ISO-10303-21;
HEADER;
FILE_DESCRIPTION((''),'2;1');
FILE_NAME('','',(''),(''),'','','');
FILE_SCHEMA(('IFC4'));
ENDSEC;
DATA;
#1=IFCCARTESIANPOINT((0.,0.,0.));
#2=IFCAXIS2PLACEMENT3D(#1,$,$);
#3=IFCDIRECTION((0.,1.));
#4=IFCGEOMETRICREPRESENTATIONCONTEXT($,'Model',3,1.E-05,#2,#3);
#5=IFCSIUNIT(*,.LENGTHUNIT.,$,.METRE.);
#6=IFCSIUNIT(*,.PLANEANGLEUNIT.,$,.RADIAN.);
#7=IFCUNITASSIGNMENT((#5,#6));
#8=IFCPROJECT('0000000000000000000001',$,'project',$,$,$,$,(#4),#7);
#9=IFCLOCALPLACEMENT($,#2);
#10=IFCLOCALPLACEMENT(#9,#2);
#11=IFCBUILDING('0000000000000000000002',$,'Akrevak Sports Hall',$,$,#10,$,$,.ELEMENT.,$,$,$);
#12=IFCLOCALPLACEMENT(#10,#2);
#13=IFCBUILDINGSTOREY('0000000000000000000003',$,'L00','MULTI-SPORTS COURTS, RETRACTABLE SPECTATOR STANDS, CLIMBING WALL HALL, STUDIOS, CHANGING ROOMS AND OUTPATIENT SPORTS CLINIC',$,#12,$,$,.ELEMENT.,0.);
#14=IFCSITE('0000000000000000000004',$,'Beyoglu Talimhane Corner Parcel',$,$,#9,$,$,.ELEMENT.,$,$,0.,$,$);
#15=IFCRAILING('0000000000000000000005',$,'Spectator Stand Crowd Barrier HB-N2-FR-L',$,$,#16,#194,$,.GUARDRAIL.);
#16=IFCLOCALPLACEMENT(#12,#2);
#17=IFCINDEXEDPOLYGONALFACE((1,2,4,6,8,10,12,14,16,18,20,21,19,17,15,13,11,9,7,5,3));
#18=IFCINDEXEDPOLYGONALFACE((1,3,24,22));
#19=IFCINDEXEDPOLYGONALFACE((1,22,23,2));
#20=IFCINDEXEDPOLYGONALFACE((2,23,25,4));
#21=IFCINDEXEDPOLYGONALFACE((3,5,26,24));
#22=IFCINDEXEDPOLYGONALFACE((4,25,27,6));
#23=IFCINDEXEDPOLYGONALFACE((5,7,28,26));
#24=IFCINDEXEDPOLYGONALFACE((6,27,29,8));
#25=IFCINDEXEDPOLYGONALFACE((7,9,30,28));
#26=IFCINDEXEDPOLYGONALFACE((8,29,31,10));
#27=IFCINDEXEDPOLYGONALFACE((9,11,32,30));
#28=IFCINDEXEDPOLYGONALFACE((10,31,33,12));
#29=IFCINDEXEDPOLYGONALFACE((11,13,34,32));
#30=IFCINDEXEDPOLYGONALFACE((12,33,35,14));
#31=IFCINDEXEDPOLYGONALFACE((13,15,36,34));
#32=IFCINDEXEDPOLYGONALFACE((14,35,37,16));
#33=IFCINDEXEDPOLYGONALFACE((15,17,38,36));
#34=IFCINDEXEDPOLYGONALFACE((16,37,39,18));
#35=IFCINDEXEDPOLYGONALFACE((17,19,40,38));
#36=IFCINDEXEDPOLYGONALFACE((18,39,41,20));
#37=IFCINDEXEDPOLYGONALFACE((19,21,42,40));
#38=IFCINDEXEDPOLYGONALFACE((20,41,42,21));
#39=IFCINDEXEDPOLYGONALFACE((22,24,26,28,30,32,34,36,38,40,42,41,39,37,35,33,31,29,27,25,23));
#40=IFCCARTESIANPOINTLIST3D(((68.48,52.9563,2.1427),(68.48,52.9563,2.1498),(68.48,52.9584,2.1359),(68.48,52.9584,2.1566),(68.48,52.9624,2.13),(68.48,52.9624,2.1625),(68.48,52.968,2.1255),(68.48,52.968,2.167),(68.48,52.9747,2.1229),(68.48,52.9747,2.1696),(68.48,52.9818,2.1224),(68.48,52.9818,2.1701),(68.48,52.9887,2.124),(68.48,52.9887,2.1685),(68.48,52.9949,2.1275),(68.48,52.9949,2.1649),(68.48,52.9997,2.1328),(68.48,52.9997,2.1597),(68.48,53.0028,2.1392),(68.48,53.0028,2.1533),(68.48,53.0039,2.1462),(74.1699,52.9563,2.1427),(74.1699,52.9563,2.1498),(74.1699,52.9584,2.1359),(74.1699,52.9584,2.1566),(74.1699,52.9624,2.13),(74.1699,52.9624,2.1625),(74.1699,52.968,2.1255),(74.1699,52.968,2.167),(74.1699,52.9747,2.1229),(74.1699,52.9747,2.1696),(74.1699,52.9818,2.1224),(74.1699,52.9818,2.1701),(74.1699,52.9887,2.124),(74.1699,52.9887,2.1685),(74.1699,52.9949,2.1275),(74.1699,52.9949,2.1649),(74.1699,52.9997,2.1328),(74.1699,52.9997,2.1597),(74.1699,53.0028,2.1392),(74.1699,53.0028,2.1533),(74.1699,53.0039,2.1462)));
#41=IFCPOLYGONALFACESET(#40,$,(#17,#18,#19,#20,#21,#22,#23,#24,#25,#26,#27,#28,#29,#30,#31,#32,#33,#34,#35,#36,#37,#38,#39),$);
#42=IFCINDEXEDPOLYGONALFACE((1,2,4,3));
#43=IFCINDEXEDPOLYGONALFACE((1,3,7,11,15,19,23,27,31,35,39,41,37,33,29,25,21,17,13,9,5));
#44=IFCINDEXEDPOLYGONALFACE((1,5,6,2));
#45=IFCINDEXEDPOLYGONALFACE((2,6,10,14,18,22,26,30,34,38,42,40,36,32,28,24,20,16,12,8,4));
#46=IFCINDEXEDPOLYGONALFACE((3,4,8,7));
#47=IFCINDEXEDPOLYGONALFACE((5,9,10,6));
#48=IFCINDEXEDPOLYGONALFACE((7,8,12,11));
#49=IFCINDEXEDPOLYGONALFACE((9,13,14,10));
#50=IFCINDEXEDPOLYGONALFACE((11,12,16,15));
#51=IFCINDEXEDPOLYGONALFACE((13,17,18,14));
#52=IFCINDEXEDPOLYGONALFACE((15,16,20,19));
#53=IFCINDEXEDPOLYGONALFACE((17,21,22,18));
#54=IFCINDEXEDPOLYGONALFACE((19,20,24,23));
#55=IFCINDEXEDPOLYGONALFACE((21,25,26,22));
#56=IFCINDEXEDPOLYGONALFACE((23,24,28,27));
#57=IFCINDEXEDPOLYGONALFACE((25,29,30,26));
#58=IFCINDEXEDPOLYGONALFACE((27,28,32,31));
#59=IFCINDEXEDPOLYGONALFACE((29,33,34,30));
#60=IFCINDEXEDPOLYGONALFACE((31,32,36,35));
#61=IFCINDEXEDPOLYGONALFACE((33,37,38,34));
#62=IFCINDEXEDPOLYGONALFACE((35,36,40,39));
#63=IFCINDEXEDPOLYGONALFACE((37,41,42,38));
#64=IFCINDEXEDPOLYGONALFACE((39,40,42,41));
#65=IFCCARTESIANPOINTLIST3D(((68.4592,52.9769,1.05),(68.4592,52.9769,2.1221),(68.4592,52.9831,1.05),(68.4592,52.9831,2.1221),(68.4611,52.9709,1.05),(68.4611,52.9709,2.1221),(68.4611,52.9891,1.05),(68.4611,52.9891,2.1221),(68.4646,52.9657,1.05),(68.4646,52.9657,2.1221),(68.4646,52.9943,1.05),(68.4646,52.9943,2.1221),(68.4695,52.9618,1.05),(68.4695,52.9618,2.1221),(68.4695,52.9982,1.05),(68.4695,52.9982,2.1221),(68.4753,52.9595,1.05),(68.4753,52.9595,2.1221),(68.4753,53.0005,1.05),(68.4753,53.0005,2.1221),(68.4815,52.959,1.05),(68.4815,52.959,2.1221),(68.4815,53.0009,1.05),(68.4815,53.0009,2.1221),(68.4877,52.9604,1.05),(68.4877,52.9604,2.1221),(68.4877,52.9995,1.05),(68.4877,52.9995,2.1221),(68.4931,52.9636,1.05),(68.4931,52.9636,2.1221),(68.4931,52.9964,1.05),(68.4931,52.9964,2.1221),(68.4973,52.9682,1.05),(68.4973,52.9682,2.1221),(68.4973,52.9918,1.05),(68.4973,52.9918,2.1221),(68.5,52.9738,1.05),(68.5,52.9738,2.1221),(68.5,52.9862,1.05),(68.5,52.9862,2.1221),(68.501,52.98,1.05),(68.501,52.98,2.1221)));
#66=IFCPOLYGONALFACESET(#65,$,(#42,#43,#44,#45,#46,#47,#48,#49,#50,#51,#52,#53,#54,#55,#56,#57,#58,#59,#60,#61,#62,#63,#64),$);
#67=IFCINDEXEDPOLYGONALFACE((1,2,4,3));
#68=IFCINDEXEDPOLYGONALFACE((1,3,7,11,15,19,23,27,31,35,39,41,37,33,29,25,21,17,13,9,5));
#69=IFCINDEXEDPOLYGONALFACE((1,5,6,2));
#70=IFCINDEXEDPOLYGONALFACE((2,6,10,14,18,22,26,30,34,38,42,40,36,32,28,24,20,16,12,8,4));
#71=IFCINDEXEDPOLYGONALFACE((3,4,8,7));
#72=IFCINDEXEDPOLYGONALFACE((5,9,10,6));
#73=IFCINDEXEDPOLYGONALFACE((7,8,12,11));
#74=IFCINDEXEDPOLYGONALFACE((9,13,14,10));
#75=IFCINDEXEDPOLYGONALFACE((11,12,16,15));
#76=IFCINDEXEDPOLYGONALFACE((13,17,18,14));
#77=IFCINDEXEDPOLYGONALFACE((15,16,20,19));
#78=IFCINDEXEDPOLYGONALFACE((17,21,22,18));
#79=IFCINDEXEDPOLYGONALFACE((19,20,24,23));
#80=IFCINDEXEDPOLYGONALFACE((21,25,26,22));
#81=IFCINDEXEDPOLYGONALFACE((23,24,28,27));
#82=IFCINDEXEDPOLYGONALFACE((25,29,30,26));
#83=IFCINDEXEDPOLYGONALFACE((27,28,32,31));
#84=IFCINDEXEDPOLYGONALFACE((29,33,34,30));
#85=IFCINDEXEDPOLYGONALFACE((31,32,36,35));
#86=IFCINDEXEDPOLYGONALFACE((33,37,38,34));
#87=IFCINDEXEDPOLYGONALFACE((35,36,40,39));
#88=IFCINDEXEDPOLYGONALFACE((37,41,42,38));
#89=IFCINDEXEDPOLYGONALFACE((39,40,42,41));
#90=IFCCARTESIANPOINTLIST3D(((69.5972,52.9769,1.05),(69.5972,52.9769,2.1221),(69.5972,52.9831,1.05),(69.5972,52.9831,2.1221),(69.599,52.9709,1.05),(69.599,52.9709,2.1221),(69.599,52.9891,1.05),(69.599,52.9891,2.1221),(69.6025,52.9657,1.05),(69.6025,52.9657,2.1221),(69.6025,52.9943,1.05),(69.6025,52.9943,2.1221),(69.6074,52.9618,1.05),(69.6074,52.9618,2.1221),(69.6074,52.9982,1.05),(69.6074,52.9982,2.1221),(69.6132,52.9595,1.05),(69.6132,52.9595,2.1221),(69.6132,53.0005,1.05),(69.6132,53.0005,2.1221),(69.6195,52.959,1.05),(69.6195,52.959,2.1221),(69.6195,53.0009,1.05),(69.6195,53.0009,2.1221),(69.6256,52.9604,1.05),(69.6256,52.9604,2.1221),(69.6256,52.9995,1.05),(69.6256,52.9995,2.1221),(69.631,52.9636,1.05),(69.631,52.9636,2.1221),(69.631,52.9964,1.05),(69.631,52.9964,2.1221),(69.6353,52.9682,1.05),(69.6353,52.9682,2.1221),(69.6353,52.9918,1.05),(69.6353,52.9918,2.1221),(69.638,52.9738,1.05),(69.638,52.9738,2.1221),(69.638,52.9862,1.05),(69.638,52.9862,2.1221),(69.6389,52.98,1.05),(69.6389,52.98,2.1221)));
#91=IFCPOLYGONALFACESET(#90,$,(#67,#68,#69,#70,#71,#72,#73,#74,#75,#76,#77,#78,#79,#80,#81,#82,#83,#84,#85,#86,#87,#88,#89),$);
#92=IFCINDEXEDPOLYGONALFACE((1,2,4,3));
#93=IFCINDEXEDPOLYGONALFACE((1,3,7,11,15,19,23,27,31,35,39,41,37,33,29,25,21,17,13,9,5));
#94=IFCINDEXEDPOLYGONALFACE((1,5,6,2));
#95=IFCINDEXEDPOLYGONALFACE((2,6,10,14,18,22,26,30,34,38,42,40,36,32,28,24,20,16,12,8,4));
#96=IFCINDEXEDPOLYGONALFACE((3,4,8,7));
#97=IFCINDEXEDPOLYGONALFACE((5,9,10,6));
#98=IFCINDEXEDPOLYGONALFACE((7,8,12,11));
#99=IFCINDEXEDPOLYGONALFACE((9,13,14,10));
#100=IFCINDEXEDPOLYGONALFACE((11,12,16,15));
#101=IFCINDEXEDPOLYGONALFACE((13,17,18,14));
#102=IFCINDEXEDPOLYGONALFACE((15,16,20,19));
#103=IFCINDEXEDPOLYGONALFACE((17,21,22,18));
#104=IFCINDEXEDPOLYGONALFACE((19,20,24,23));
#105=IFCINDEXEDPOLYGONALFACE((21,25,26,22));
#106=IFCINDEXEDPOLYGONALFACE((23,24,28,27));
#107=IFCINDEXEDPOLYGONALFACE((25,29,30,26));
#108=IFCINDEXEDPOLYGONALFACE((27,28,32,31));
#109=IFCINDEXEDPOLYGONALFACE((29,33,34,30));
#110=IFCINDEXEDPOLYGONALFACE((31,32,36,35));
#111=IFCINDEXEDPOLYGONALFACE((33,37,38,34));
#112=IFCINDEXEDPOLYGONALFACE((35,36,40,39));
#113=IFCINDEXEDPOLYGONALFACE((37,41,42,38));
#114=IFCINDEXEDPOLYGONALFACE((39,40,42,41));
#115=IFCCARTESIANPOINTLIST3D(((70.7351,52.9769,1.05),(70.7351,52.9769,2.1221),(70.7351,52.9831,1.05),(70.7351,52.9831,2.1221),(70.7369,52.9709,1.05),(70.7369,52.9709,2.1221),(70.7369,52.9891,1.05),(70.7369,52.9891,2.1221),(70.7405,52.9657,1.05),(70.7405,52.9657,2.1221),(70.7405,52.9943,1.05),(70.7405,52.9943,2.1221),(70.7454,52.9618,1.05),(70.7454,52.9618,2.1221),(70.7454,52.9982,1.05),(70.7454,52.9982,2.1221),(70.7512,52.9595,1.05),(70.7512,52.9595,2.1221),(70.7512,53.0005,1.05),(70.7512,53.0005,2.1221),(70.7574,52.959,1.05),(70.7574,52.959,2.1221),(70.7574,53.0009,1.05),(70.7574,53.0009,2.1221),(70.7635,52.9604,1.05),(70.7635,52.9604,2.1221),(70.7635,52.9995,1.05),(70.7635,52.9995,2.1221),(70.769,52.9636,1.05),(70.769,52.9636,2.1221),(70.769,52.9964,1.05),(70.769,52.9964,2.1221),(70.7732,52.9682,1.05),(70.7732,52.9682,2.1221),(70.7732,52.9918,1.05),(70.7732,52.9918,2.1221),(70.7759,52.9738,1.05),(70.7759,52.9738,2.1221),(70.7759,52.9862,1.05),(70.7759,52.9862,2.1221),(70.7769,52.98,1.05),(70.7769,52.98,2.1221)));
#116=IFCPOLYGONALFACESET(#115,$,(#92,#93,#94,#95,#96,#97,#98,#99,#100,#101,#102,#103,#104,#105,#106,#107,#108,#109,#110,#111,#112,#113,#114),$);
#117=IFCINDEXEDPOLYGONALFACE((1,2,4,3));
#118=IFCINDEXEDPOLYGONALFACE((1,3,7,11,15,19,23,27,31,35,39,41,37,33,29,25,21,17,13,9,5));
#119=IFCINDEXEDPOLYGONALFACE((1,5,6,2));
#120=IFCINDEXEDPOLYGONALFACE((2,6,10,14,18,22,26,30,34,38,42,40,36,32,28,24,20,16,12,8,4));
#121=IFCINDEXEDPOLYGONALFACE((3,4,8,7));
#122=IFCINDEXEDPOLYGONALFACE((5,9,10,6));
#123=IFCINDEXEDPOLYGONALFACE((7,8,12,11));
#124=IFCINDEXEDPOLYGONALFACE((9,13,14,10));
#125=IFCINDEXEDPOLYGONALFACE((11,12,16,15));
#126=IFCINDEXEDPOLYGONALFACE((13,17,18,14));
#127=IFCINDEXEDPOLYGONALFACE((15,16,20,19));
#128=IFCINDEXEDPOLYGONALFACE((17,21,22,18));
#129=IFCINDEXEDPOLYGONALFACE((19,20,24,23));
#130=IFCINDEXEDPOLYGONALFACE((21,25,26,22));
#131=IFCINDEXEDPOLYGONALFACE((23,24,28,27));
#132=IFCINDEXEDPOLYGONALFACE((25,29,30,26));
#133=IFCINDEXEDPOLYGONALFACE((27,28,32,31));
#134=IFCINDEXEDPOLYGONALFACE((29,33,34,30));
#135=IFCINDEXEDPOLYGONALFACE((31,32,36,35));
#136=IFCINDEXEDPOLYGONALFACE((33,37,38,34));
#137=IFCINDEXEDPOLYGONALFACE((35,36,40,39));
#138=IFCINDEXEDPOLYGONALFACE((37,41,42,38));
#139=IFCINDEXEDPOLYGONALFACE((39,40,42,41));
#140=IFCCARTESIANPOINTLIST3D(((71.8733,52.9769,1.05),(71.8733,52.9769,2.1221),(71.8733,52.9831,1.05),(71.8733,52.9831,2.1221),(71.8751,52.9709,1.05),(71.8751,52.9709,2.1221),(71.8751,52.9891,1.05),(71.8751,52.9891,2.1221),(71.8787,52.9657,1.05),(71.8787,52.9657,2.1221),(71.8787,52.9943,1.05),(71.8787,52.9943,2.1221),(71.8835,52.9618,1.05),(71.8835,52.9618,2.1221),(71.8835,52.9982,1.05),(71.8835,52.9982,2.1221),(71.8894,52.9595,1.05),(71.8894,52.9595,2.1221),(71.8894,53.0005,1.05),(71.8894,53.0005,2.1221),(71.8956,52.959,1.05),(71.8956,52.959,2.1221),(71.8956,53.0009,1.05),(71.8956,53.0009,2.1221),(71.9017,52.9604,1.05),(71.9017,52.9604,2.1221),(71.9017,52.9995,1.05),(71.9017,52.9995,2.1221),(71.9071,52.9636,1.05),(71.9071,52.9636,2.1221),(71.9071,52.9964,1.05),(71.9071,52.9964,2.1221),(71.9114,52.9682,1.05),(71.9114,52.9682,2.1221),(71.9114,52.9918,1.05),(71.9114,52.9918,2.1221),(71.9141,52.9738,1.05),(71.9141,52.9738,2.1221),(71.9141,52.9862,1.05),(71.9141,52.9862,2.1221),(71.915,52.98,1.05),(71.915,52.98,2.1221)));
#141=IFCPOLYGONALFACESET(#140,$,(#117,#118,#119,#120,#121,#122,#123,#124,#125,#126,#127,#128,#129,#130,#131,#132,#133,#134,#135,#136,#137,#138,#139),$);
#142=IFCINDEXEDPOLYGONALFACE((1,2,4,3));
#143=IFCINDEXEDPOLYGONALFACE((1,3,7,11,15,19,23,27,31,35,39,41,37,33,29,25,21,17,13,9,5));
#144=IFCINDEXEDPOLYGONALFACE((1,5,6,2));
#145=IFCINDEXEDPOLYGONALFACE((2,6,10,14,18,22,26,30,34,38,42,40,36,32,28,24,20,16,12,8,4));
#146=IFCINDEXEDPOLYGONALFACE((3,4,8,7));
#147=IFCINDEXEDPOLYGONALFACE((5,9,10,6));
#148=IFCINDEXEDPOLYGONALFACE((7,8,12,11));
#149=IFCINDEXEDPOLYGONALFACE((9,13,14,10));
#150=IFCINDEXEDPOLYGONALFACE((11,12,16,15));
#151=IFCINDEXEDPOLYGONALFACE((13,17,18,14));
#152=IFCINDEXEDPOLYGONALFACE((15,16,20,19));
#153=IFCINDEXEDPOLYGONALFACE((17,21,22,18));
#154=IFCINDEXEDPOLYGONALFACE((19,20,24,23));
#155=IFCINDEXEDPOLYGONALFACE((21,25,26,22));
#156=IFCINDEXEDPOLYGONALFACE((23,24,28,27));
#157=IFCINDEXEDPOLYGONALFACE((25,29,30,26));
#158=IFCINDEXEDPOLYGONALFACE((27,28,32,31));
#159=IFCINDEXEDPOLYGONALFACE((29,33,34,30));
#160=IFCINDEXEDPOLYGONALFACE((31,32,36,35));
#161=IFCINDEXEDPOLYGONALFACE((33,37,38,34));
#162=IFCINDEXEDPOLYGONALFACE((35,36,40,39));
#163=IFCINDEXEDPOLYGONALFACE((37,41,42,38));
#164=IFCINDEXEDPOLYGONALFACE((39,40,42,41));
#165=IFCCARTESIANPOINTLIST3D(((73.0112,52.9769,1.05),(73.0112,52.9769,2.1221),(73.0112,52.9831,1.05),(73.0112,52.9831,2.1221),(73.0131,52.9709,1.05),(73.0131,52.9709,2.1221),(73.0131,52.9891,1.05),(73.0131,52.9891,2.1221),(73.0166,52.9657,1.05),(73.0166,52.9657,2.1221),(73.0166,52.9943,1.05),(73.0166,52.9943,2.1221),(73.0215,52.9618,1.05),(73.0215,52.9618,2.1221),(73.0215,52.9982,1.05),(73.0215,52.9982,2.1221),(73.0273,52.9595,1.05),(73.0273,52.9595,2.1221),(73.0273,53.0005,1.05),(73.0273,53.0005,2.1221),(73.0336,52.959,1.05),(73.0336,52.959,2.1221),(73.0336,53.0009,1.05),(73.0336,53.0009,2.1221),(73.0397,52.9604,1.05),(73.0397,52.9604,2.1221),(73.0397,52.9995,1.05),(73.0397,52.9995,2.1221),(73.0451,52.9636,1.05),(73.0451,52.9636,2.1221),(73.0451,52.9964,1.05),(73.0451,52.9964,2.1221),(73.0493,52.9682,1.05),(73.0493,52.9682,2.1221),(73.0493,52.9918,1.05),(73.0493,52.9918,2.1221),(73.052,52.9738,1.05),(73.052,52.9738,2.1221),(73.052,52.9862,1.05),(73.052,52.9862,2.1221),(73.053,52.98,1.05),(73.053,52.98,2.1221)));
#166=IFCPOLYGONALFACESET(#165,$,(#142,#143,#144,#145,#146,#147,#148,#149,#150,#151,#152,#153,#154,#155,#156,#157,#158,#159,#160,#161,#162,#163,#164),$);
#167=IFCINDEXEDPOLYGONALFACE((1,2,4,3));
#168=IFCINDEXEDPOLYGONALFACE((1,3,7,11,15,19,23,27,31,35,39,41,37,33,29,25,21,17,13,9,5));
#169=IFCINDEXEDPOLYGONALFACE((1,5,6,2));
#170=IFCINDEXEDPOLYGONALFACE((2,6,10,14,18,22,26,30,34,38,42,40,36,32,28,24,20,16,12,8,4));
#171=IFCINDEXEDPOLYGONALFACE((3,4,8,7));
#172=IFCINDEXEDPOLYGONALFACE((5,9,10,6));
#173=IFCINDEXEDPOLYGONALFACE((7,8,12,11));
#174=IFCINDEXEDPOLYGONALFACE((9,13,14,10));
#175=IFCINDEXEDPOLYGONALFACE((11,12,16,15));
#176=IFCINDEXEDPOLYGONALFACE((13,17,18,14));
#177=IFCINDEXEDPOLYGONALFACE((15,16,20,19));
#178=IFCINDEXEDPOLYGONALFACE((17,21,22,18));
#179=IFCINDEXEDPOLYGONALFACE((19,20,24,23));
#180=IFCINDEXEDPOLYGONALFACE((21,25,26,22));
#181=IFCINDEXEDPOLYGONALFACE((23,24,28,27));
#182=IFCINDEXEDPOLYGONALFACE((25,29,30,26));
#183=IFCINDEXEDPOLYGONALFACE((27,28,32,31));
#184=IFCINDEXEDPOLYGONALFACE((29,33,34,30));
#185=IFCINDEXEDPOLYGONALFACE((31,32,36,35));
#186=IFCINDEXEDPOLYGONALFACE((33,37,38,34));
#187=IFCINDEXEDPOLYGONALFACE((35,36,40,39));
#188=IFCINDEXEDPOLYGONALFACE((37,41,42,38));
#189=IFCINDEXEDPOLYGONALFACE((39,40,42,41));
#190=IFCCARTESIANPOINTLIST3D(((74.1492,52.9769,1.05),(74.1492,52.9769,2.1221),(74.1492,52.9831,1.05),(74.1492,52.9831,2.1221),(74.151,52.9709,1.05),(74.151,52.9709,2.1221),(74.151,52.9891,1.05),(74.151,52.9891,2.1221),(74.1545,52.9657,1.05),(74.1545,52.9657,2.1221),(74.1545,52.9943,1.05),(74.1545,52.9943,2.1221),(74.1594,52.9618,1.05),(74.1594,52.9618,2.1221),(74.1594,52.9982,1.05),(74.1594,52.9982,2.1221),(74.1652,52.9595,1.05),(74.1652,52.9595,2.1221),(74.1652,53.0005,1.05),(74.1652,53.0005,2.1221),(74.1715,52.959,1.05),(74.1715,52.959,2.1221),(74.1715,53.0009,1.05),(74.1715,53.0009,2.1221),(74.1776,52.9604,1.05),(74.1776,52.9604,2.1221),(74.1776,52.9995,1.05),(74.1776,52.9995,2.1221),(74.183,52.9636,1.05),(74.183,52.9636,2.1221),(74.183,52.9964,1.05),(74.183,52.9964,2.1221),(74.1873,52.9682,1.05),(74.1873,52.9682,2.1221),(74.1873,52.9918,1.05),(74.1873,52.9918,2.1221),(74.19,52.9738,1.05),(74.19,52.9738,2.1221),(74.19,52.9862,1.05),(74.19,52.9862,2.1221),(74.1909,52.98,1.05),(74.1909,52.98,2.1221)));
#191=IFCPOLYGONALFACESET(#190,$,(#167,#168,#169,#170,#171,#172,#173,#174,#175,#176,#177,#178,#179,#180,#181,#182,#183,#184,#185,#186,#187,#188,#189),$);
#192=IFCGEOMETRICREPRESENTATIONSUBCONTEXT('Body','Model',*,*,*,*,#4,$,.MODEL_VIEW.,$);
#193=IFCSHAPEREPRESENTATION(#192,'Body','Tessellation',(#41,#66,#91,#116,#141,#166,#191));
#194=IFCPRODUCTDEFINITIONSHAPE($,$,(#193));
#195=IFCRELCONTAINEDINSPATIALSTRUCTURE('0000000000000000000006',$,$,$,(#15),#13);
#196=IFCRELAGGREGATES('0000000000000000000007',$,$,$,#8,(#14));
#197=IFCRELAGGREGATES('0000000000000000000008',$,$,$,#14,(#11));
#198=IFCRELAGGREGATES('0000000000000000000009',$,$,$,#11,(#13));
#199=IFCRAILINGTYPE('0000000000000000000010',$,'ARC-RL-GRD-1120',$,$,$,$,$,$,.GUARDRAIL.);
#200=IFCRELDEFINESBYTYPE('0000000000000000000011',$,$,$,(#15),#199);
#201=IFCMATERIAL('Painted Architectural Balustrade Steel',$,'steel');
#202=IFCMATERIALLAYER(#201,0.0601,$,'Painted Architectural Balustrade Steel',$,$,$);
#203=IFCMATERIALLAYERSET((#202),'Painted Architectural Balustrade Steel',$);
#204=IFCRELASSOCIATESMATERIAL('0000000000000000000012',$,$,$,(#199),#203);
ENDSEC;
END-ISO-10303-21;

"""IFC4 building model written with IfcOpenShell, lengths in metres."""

from ifc_helpers import new_model, si_unit, direction, frame, origin, origin_2d, place, context, subcontext, project, spatial, circle, extrude, material, layer, layer_set, type_object, element, save


model = new_model("IFC4")

# Units and contexts
model_context = context("Model", 3, precision=1e-05, world=origin(), true_north=direction((0.0, 1.0)))
body_context = subcontext(model_context, "Body", "Model", "MODEL_VIEW")
ifc_project = project(units=[si_unit("LENGTHUNIT", "METRE"), si_unit("PLANEANGLEUNIT", "RADIAN")], contexts=[model_context])

# Site, building, storey
site_placement = place(None, origin())
site = spatial("IfcSite", under=ifc_project, at=site_placement, Name="Beyoglu Talimhane Corner Parcel", CompositionType="ELEMENT", RefElevation=0.0)
building_placement = place(site_placement, origin())
building = spatial("IfcBuilding", under=site, at=building_placement, Name="Akrevak Sports Hall", CompositionType="ELEMENT")
storey_placement = place(building_placement, origin())
storey = spatial("IfcBuildingStorey", under=building, at=storey_placement, Name="L00", Description="MULTI-SPORTS COURTS, RETRACTABLE SPECTATOR STANDS, CLIMBING WALL HALL, STUDIOS, CHANGING ROOMS AND OUTPATIENT SPORTS CLINIC", CompositionType="ELEMENT", Elevation=0.0)

# Railing
ifc_material_1 = material(Name="Painted Architectural Balustrade Steel", Category="steel")
ifc_layer_1 = layer(ifc_material_1, 0.0601, Name="Painted Architectural Balustrade Steel")
ifc_layer_set_1 = layer_set([ifc_layer_1], Name="Painted Architectural Balustrade Steel")
railing_type_1 = type_object("IfcRailingType", Name="ARC-RL-GRD-1120", PredefinedType="GUARDRAIL", material=ifc_layer_set_1)
railing_1_placement = place(storey_placement, frame((68.48, 52.98, 1.05)))
element("IfcRailing", 1, at=railing_1_placement, inside=storey, type_object=railing_type_1, Name="Spectator Stand Crowd Barrier HB-N2-FR-L", PredefinedType="GUARDRAIL", context=body_context, shape_type="SweptSolid", body=[
    extrude(circle(Radius=0.0239, at=origin_2d()), frame((0.0, 0.0, 1.0962), z_axis=(1.0, 0.0, 0.0), x_axis=(0.0, 1.0, 0.0)), (0.0, 0.0, 1.0), 5.6899),
    extrude(circle(Radius=0.021, at=origin_2d()), origin(), (0.0, 0.0, 1.0), 1.072),
    extrude(circle(Radius=0.021, at=origin_2d()), frame((1.1379, 0.0, 0.0)), (0.0, 0.0, 1.0), 1.072),
    extrude(circle(Radius=0.021, at=origin_2d()), frame((2.2759, 0.0, 0.0)), (0.0, 0.0, 1.0), 1.072),
    extrude(circle(Radius=0.021, at=origin_2d()), frame((3.4141, 0.0, 0.0)), (0.0, 0.0, 1.0), 1.072),
    extrude(circle(Radius=0.021, at=origin_2d()), frame((4.552, 0.0, 0.0)), (0.0, 0.0, 1.0), 1.072),
    extrude(circle(Radius=0.021, at=origin_2d()), frame((5.6899, 0.0, 0.0)), (0.0, 0.0, 1.0), 1.072),
])

save(model, "model.ifc")
